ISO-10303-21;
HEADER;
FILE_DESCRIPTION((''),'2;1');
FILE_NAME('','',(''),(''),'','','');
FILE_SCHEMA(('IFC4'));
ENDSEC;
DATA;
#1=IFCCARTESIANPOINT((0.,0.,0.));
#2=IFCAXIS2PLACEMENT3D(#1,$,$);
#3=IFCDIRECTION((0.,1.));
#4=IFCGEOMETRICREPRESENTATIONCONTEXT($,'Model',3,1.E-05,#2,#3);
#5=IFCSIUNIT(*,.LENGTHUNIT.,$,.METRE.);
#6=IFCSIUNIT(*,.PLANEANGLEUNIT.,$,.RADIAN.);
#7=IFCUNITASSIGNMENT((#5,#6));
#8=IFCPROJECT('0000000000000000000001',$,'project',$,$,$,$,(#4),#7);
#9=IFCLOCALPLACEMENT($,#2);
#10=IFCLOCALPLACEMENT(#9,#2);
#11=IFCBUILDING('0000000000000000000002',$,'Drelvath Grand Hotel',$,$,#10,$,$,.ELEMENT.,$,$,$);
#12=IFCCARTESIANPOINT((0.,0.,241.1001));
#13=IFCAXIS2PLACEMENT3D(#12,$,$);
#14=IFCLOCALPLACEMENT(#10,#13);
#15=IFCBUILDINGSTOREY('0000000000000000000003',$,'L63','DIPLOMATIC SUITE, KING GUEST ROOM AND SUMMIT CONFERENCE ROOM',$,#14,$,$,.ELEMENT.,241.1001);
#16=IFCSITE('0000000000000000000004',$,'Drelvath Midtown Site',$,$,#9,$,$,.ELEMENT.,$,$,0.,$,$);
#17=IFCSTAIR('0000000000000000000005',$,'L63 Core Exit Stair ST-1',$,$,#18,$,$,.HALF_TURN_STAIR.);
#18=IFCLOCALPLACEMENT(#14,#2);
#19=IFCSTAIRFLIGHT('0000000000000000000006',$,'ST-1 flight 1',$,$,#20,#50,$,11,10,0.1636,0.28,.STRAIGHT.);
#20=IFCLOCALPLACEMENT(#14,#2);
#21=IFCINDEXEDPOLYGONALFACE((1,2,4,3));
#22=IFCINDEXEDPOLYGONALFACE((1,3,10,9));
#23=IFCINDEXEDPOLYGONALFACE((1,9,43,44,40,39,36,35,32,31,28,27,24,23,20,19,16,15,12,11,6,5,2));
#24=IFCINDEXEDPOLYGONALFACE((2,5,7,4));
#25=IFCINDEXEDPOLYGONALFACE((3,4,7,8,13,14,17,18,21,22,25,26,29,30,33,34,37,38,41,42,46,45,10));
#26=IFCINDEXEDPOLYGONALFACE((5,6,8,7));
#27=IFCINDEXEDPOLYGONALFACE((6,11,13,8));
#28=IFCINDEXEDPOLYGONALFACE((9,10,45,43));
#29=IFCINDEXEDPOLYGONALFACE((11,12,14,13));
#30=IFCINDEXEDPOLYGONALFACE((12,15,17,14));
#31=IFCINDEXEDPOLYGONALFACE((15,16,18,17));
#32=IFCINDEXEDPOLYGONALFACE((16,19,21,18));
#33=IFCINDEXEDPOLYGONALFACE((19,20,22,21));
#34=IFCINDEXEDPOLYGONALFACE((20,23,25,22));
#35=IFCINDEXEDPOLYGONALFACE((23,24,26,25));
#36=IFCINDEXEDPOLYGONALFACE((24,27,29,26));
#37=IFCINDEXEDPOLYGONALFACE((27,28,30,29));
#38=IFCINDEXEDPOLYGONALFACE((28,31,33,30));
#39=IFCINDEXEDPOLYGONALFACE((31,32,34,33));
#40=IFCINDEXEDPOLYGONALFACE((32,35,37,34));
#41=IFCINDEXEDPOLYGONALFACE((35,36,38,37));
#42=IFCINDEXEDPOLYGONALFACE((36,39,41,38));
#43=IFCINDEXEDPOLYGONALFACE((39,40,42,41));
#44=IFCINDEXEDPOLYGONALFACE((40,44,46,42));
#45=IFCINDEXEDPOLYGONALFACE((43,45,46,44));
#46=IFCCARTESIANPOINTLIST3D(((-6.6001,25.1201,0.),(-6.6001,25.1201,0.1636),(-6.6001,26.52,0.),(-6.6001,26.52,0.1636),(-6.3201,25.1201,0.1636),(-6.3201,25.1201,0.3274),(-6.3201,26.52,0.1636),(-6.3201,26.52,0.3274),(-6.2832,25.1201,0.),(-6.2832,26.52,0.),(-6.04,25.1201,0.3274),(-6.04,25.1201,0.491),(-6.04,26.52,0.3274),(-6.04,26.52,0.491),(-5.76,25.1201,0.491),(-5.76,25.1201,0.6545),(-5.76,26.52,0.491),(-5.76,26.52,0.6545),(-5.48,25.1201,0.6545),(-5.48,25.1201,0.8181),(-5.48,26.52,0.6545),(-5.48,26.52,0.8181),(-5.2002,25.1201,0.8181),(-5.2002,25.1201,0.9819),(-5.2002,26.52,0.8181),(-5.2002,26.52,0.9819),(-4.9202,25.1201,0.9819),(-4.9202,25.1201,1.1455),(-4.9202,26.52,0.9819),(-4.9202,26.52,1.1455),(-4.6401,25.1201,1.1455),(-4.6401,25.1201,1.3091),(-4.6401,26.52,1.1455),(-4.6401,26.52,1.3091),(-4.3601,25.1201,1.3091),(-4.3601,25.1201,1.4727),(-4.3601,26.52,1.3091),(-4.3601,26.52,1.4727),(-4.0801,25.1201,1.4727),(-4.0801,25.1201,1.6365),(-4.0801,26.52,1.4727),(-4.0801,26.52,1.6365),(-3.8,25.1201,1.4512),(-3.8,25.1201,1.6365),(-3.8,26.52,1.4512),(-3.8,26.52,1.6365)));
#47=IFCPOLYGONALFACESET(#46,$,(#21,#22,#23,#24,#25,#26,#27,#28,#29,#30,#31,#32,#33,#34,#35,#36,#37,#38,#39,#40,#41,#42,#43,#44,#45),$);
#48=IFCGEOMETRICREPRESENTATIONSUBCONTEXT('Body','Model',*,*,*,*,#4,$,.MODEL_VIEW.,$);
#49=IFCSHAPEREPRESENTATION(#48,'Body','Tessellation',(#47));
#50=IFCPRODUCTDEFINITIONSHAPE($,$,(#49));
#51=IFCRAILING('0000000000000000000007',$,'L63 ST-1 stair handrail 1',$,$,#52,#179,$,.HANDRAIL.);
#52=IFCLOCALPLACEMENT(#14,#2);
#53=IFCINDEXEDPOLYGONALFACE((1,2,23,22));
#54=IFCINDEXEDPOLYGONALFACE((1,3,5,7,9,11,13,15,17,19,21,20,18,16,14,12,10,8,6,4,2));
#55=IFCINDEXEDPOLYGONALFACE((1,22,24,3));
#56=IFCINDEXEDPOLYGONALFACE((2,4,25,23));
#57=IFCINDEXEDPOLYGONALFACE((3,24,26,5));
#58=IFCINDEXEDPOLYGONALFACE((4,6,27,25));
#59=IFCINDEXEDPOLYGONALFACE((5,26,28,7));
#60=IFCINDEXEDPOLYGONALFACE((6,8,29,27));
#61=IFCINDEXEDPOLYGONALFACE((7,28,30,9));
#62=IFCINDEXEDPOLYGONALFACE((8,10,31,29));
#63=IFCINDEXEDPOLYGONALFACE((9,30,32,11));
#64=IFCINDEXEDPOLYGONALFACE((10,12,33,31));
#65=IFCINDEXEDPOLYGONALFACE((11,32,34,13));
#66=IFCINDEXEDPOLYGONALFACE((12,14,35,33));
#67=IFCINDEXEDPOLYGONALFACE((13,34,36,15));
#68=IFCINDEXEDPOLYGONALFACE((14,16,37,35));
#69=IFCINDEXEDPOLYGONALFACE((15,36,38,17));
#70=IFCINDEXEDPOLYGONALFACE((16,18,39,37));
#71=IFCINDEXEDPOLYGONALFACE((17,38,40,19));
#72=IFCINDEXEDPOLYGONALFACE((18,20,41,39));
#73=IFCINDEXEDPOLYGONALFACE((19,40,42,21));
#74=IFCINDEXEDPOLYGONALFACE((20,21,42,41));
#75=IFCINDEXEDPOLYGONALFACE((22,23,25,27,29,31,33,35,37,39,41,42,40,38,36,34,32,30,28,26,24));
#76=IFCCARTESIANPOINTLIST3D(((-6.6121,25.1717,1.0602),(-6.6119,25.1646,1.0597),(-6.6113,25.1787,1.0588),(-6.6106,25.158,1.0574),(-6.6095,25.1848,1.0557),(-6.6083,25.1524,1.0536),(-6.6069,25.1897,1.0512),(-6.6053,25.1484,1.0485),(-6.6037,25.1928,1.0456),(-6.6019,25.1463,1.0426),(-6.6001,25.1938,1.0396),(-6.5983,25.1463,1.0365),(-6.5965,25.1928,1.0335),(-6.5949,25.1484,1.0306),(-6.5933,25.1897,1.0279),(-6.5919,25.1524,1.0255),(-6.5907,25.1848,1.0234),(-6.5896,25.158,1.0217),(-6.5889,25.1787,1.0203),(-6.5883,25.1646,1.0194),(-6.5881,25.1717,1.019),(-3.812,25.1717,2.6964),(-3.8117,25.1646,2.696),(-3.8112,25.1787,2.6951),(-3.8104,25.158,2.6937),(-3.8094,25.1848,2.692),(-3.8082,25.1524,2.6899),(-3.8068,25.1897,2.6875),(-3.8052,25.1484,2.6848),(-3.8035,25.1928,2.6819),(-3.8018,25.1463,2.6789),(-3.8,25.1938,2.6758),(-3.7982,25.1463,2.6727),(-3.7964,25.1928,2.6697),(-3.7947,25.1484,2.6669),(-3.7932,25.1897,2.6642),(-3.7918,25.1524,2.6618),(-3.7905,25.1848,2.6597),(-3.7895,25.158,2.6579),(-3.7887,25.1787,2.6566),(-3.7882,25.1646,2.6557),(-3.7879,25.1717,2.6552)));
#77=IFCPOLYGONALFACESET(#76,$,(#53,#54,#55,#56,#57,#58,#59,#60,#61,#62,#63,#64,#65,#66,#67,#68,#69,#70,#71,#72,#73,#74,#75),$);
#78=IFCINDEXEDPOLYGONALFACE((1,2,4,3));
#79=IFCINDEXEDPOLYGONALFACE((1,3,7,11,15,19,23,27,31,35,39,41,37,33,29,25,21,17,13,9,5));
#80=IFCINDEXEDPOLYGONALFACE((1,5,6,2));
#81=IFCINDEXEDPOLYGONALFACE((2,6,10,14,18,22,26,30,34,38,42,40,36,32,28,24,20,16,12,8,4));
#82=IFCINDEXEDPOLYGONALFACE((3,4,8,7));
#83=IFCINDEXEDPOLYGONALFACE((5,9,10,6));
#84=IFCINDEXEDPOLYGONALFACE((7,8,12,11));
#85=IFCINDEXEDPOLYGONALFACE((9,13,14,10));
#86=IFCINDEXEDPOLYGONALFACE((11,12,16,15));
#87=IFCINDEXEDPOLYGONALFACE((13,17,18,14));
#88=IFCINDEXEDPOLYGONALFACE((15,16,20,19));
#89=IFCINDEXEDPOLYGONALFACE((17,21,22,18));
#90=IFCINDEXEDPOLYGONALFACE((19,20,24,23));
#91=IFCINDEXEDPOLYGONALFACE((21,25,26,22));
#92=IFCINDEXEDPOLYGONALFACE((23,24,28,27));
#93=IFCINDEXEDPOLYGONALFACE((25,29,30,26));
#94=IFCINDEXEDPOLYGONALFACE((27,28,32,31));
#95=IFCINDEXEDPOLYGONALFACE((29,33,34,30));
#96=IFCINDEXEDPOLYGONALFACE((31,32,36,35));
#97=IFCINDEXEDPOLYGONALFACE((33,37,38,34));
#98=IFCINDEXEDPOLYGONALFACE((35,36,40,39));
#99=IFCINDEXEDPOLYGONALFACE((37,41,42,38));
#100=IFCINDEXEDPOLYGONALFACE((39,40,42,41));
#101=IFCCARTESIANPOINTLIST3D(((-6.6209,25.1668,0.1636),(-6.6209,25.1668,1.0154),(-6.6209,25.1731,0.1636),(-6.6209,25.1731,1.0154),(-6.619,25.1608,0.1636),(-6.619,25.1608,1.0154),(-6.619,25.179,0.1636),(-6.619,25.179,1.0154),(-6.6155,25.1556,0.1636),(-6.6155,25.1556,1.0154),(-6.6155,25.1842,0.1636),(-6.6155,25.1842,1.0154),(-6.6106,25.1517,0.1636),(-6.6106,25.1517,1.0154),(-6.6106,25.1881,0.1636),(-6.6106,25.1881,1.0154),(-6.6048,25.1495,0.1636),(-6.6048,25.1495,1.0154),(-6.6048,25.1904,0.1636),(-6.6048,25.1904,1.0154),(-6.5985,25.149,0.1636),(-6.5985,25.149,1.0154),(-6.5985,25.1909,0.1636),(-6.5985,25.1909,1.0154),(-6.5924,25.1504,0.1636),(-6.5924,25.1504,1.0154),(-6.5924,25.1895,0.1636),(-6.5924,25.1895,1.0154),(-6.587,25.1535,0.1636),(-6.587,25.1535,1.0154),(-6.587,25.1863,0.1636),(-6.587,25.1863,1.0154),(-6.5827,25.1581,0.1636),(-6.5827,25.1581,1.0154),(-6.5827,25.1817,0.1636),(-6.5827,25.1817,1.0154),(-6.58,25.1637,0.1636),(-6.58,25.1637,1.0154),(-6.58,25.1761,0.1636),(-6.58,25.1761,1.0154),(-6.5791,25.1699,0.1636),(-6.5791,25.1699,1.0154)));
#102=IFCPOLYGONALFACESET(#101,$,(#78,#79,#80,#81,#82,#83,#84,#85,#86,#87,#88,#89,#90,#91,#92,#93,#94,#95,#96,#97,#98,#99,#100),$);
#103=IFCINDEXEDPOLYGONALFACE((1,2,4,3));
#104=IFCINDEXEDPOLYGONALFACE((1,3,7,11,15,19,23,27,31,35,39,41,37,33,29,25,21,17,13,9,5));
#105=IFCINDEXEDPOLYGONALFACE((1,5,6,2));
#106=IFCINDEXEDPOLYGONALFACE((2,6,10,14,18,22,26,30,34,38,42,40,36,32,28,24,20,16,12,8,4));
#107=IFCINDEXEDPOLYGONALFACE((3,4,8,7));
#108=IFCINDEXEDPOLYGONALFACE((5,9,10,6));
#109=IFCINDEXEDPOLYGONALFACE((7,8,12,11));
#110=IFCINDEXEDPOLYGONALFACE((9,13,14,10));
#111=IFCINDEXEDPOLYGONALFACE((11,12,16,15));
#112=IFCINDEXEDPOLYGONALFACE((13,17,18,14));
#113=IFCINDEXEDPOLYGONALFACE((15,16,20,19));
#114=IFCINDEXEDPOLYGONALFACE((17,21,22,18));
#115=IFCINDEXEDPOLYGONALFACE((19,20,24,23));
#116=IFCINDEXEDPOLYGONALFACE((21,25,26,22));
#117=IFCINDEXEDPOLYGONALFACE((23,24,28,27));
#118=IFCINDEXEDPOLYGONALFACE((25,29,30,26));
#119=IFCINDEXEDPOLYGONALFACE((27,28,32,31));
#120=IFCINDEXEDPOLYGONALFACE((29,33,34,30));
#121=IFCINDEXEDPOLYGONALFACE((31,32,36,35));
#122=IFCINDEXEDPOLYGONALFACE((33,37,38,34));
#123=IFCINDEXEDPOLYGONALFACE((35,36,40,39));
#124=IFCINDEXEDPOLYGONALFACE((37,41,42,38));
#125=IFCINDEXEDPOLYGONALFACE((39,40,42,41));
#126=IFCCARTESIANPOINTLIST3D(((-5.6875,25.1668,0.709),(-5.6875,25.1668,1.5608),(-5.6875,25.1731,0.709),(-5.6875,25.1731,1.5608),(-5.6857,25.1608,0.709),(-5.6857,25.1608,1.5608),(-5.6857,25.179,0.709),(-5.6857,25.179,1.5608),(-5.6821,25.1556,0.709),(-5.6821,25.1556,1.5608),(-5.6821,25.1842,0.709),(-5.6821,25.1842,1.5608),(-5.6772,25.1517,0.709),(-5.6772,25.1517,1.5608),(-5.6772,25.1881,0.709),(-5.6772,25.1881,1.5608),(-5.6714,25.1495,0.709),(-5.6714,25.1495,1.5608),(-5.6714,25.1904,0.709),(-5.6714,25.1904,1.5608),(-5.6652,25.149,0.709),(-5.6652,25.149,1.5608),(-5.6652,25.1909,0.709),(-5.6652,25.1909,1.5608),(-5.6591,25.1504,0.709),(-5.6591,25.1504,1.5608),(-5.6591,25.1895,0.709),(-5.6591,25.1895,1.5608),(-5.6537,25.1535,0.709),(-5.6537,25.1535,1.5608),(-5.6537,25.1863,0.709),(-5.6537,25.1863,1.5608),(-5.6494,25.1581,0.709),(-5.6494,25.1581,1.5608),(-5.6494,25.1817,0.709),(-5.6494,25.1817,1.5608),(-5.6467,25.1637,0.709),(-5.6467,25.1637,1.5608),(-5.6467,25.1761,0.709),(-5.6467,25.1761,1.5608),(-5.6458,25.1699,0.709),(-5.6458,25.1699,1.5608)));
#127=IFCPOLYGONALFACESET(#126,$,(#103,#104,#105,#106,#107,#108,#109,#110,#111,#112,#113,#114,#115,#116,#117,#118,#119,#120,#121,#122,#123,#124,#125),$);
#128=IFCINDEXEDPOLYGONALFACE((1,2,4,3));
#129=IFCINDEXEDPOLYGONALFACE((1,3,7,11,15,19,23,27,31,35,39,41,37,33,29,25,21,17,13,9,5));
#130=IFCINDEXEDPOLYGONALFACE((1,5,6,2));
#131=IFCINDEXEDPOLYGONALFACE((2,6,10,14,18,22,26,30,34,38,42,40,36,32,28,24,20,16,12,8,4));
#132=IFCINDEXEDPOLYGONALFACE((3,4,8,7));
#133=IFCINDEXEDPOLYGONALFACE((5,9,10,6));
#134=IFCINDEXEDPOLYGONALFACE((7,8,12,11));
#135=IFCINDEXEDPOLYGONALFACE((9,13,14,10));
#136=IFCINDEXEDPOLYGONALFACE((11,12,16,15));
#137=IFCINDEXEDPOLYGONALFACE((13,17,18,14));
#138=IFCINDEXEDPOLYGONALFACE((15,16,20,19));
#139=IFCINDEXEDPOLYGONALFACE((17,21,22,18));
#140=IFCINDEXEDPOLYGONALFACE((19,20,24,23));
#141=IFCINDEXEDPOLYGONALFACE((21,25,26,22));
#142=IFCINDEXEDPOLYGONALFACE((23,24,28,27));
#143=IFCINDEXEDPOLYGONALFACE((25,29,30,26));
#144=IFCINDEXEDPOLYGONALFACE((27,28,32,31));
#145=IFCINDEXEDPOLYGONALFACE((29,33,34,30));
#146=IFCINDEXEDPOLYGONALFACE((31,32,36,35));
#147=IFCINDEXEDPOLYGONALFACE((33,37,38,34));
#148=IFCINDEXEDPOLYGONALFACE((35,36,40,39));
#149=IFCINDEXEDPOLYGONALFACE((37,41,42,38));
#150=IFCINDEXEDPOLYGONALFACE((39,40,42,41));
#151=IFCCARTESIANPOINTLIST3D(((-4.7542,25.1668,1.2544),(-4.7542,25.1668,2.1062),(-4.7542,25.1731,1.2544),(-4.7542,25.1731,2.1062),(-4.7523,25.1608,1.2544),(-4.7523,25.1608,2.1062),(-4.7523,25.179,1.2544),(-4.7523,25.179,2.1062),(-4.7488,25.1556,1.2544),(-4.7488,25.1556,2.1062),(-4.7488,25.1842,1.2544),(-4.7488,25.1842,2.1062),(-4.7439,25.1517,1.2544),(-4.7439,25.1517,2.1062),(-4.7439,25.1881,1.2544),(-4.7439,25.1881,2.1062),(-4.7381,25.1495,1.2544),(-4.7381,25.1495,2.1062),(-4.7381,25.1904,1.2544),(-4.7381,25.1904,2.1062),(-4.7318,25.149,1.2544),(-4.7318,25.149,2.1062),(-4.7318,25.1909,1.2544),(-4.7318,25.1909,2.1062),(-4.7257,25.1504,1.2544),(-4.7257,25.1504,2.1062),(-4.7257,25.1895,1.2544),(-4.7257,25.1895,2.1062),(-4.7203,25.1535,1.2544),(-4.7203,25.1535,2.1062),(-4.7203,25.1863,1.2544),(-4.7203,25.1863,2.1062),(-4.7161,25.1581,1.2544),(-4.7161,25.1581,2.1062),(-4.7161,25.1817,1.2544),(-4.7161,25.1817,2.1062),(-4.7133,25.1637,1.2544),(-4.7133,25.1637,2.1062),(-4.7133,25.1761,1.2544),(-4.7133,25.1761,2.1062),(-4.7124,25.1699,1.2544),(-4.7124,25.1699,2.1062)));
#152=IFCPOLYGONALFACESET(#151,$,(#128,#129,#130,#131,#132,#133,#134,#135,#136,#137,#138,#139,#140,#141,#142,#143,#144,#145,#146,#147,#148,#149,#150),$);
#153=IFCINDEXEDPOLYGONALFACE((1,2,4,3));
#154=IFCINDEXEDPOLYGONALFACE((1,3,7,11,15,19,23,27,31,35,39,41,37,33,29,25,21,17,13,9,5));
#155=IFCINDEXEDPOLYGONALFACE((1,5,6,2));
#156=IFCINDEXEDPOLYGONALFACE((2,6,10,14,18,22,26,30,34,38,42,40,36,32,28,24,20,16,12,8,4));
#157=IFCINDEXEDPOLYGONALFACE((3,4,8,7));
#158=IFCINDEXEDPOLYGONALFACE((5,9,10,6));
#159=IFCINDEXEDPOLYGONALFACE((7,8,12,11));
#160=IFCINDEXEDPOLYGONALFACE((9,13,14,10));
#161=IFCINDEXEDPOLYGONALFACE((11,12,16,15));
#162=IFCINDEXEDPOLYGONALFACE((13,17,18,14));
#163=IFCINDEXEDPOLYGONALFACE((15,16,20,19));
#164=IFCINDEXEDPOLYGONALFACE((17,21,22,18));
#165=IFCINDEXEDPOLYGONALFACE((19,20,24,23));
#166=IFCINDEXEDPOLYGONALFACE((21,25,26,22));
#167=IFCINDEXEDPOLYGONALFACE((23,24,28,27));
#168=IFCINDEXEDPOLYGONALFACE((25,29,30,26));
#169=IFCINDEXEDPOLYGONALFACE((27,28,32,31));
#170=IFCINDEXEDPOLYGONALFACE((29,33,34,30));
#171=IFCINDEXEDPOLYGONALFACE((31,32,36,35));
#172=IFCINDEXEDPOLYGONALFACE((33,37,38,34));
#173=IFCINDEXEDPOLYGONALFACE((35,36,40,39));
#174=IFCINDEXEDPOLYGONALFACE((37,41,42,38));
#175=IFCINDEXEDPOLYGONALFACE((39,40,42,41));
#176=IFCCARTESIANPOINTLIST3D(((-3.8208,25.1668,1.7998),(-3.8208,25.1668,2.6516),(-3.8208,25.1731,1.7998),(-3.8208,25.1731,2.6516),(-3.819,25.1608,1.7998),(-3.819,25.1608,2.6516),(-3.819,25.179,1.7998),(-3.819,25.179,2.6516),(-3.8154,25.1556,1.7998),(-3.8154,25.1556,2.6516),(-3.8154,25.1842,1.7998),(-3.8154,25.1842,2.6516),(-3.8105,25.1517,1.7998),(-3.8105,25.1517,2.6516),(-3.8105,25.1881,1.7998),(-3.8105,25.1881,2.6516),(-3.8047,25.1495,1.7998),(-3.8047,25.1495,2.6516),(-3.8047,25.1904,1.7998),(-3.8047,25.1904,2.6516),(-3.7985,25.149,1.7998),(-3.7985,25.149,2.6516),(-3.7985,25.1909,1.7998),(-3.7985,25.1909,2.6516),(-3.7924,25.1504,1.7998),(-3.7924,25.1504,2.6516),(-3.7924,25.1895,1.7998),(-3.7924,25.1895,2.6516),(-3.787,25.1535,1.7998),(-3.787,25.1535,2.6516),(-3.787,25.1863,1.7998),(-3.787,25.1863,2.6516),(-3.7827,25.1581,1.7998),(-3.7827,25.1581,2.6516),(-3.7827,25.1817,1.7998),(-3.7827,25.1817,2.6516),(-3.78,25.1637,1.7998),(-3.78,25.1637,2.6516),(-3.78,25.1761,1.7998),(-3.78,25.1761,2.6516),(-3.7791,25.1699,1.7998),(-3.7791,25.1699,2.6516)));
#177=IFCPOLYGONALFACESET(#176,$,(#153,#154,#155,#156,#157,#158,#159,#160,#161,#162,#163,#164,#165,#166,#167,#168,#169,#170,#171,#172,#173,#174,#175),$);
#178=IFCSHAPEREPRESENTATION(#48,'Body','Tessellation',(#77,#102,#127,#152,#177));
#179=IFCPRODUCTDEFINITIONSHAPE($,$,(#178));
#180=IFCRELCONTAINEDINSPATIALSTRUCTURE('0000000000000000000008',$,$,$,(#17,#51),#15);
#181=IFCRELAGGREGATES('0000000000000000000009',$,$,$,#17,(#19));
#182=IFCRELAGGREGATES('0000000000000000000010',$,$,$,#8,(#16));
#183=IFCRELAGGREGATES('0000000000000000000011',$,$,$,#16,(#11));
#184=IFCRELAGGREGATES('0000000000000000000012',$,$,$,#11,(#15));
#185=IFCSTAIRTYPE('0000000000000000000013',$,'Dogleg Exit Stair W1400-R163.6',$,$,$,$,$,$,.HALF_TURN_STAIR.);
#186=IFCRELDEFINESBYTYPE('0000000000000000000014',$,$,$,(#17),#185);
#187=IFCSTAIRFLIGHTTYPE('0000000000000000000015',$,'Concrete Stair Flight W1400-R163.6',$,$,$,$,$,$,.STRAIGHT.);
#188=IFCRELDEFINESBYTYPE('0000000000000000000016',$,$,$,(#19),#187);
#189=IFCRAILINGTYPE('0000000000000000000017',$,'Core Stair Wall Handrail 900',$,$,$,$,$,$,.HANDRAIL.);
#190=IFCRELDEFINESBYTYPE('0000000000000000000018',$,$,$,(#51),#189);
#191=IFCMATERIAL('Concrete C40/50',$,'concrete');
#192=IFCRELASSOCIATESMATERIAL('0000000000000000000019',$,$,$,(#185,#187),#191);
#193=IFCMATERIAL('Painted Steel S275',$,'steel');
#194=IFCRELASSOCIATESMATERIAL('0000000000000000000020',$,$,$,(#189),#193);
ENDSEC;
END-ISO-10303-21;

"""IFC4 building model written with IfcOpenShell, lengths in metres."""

from ifc_helpers import new_model, si_unit, direction, frame, origin, origin_2d, place, context, subcontext, project, spatial, polyline, circle, outline, extrude, material, type_object, element, aggregate, save


model = new_model("IFC4")

# Units and contexts
model_context = context("Model", 3, precision=1e-05, world=origin(), true_north=direction((0.0, 1.0)))
body_context = subcontext(model_context, "Body", "Model", "MODEL_VIEW")
ifc_project = project(units=[si_unit("LENGTHUNIT", "METRE"), si_unit("PLANEANGLEUNIT", "RADIAN")], contexts=[model_context])

# Site, building, storey
site_placement = place(None, origin())
site = spatial("IfcSite", under=ifc_project, at=site_placement, Name="Drelvath Midtown Site", CompositionType="ELEMENT", RefElevation=0.0)
building_placement = place(site_placement, origin())
building = spatial("IfcBuilding", under=site, at=building_placement, Name="Drelvath Grand Hotel", CompositionType="ELEMENT")
storey_placement = place(building_placement, frame((0.0, 0.0, 241.1001)))
storey = spatial("IfcBuildingStorey", under=building, at=storey_placement, Name="L63", Description="DIPLOMATIC SUITE, KING GUEST ROOM AND SUMMIT CONFERENCE ROOM", CompositionType="ELEMENT", Elevation=241.1001)

# Shared definitions
ifc_material_1 = material(Name="Concrete C40/50", Category="concrete")
ifc_material_2 = material(Name="Painted Steel S275", Category="steel")

# Stair, stair flight
stair_type = type_object("IfcStairType", Name="Dogleg Exit Stair W1400-R163.6", PredefinedType="HALF_TURN_STAIR", material=ifc_material_1)
stair_placement = place(storey_placement, origin())
stair = element("IfcStair", 1, at=stair_placement, inside=storey, type_object=stair_type, Name="L63 Core Exit Stair ST-1", PredefinedType="HALF_TURN_STAIR")
stair_flight_type = type_object("IfcStairFlightType", Name="Concrete Stair Flight W1400-R163.6", PredefinedType="STRAIGHT", material=ifc_material_1)
stair_flight_placement = place(storey_placement, frame((-6.6001, 25.8201, 0.0), z_axis=(0.0, 0.0, 1.0), x_axis=(1.0, 0.0, 0.0)))
stair_flight = element("IfcStairFlight", 2, at=stair_flight_placement, type_object=stair_flight_type, Name="ST-1 flight 1", NumberOfRisers=11, NumberOfTreads=10, PredefinedType="STRAIGHT", RiserHeight=0.1636, TreadLength=0.28, context=body_context, shape_type="SweptSolid", body=[
    extrude(outline(polyline([(0.0, 0.0), (0.0, 0.1636), (0.28, 0.1636), (0.28, 0.3274), (0.5601, 0.3274), (0.5601, 0.491), (0.8401, 0.491), (0.8401, 0.6545), (1.1201, 0.6545), (1.1201, 0.8181), (1.3999, 0.8181), (1.3999, 0.9819), (1.6799, 0.9819), (1.6799, 1.1455), (1.96, 1.1455), (1.96, 1.3091), (2.24, 1.3091), (2.24, 1.4727), (2.52, 1.4727), (2.52, 1.6365), (2.8, 1.6365), (2.8, 1.8), (2.8, 1.4512), (0.3169, 0.0), (0.0, 0.0)])), frame((0.0, 0.7, 0.0), z_axis=(0.0, -1.0, 0.0), x_axis=(1.0, 0.0, 0.0)), (0.0, 0.0, 1.0), 1.3999),
])
aggregate(stair, [stair_flight])

# Railing
railing_type_1 = type_object("IfcRailingType", Name="Core Stair Wall Handrail 900", PredefinedType="HANDRAIL", material=ifc_material_2)
railing_1_placement = place(storey_placement, frame((-6.6001, 25.1699, 0.1636)))
element("IfcRailing", 3, at=railing_1_placement, inside=storey, type_object=railing_type_1, Name="L63 ST-1 stair handrail 1", PredefinedType="HANDRAIL", context=body_context, shape_type="SweptSolid", body=[
    extrude(circle(Radius=0.0239, at=origin_2d()), frame((0.0, 0.0, 0.876), z_axis=(0.863394, 0.0, 0.504531), x_axis=(0.0, 1.0, 0.0)), (0.0, 0.0, 1.0), 3.2432),
    extrude(circle(Radius=0.021, at=origin_2d()), origin(), (0.0, 0.0, 1.0), 0.8518),
    extrude(circle(Radius=0.021, at=origin_2d()), frame((0.9333, 0.0, 0.5454)), (0.0, 0.0, 1.0), 0.8518),
    extrude(circle(Radius=0.021, at=origin_2d()), frame((1.8667, 0.0, 1.0908)), (0.0, 0.0, 1.0), 0.8518),
    extrude(circle(Radius=0.021, at=origin_2d()), frame((2.8, 0.0, 1.6362)), (0.0, 0.0, 1.0), 0.8518),
])

save(model, "model.ifc")
